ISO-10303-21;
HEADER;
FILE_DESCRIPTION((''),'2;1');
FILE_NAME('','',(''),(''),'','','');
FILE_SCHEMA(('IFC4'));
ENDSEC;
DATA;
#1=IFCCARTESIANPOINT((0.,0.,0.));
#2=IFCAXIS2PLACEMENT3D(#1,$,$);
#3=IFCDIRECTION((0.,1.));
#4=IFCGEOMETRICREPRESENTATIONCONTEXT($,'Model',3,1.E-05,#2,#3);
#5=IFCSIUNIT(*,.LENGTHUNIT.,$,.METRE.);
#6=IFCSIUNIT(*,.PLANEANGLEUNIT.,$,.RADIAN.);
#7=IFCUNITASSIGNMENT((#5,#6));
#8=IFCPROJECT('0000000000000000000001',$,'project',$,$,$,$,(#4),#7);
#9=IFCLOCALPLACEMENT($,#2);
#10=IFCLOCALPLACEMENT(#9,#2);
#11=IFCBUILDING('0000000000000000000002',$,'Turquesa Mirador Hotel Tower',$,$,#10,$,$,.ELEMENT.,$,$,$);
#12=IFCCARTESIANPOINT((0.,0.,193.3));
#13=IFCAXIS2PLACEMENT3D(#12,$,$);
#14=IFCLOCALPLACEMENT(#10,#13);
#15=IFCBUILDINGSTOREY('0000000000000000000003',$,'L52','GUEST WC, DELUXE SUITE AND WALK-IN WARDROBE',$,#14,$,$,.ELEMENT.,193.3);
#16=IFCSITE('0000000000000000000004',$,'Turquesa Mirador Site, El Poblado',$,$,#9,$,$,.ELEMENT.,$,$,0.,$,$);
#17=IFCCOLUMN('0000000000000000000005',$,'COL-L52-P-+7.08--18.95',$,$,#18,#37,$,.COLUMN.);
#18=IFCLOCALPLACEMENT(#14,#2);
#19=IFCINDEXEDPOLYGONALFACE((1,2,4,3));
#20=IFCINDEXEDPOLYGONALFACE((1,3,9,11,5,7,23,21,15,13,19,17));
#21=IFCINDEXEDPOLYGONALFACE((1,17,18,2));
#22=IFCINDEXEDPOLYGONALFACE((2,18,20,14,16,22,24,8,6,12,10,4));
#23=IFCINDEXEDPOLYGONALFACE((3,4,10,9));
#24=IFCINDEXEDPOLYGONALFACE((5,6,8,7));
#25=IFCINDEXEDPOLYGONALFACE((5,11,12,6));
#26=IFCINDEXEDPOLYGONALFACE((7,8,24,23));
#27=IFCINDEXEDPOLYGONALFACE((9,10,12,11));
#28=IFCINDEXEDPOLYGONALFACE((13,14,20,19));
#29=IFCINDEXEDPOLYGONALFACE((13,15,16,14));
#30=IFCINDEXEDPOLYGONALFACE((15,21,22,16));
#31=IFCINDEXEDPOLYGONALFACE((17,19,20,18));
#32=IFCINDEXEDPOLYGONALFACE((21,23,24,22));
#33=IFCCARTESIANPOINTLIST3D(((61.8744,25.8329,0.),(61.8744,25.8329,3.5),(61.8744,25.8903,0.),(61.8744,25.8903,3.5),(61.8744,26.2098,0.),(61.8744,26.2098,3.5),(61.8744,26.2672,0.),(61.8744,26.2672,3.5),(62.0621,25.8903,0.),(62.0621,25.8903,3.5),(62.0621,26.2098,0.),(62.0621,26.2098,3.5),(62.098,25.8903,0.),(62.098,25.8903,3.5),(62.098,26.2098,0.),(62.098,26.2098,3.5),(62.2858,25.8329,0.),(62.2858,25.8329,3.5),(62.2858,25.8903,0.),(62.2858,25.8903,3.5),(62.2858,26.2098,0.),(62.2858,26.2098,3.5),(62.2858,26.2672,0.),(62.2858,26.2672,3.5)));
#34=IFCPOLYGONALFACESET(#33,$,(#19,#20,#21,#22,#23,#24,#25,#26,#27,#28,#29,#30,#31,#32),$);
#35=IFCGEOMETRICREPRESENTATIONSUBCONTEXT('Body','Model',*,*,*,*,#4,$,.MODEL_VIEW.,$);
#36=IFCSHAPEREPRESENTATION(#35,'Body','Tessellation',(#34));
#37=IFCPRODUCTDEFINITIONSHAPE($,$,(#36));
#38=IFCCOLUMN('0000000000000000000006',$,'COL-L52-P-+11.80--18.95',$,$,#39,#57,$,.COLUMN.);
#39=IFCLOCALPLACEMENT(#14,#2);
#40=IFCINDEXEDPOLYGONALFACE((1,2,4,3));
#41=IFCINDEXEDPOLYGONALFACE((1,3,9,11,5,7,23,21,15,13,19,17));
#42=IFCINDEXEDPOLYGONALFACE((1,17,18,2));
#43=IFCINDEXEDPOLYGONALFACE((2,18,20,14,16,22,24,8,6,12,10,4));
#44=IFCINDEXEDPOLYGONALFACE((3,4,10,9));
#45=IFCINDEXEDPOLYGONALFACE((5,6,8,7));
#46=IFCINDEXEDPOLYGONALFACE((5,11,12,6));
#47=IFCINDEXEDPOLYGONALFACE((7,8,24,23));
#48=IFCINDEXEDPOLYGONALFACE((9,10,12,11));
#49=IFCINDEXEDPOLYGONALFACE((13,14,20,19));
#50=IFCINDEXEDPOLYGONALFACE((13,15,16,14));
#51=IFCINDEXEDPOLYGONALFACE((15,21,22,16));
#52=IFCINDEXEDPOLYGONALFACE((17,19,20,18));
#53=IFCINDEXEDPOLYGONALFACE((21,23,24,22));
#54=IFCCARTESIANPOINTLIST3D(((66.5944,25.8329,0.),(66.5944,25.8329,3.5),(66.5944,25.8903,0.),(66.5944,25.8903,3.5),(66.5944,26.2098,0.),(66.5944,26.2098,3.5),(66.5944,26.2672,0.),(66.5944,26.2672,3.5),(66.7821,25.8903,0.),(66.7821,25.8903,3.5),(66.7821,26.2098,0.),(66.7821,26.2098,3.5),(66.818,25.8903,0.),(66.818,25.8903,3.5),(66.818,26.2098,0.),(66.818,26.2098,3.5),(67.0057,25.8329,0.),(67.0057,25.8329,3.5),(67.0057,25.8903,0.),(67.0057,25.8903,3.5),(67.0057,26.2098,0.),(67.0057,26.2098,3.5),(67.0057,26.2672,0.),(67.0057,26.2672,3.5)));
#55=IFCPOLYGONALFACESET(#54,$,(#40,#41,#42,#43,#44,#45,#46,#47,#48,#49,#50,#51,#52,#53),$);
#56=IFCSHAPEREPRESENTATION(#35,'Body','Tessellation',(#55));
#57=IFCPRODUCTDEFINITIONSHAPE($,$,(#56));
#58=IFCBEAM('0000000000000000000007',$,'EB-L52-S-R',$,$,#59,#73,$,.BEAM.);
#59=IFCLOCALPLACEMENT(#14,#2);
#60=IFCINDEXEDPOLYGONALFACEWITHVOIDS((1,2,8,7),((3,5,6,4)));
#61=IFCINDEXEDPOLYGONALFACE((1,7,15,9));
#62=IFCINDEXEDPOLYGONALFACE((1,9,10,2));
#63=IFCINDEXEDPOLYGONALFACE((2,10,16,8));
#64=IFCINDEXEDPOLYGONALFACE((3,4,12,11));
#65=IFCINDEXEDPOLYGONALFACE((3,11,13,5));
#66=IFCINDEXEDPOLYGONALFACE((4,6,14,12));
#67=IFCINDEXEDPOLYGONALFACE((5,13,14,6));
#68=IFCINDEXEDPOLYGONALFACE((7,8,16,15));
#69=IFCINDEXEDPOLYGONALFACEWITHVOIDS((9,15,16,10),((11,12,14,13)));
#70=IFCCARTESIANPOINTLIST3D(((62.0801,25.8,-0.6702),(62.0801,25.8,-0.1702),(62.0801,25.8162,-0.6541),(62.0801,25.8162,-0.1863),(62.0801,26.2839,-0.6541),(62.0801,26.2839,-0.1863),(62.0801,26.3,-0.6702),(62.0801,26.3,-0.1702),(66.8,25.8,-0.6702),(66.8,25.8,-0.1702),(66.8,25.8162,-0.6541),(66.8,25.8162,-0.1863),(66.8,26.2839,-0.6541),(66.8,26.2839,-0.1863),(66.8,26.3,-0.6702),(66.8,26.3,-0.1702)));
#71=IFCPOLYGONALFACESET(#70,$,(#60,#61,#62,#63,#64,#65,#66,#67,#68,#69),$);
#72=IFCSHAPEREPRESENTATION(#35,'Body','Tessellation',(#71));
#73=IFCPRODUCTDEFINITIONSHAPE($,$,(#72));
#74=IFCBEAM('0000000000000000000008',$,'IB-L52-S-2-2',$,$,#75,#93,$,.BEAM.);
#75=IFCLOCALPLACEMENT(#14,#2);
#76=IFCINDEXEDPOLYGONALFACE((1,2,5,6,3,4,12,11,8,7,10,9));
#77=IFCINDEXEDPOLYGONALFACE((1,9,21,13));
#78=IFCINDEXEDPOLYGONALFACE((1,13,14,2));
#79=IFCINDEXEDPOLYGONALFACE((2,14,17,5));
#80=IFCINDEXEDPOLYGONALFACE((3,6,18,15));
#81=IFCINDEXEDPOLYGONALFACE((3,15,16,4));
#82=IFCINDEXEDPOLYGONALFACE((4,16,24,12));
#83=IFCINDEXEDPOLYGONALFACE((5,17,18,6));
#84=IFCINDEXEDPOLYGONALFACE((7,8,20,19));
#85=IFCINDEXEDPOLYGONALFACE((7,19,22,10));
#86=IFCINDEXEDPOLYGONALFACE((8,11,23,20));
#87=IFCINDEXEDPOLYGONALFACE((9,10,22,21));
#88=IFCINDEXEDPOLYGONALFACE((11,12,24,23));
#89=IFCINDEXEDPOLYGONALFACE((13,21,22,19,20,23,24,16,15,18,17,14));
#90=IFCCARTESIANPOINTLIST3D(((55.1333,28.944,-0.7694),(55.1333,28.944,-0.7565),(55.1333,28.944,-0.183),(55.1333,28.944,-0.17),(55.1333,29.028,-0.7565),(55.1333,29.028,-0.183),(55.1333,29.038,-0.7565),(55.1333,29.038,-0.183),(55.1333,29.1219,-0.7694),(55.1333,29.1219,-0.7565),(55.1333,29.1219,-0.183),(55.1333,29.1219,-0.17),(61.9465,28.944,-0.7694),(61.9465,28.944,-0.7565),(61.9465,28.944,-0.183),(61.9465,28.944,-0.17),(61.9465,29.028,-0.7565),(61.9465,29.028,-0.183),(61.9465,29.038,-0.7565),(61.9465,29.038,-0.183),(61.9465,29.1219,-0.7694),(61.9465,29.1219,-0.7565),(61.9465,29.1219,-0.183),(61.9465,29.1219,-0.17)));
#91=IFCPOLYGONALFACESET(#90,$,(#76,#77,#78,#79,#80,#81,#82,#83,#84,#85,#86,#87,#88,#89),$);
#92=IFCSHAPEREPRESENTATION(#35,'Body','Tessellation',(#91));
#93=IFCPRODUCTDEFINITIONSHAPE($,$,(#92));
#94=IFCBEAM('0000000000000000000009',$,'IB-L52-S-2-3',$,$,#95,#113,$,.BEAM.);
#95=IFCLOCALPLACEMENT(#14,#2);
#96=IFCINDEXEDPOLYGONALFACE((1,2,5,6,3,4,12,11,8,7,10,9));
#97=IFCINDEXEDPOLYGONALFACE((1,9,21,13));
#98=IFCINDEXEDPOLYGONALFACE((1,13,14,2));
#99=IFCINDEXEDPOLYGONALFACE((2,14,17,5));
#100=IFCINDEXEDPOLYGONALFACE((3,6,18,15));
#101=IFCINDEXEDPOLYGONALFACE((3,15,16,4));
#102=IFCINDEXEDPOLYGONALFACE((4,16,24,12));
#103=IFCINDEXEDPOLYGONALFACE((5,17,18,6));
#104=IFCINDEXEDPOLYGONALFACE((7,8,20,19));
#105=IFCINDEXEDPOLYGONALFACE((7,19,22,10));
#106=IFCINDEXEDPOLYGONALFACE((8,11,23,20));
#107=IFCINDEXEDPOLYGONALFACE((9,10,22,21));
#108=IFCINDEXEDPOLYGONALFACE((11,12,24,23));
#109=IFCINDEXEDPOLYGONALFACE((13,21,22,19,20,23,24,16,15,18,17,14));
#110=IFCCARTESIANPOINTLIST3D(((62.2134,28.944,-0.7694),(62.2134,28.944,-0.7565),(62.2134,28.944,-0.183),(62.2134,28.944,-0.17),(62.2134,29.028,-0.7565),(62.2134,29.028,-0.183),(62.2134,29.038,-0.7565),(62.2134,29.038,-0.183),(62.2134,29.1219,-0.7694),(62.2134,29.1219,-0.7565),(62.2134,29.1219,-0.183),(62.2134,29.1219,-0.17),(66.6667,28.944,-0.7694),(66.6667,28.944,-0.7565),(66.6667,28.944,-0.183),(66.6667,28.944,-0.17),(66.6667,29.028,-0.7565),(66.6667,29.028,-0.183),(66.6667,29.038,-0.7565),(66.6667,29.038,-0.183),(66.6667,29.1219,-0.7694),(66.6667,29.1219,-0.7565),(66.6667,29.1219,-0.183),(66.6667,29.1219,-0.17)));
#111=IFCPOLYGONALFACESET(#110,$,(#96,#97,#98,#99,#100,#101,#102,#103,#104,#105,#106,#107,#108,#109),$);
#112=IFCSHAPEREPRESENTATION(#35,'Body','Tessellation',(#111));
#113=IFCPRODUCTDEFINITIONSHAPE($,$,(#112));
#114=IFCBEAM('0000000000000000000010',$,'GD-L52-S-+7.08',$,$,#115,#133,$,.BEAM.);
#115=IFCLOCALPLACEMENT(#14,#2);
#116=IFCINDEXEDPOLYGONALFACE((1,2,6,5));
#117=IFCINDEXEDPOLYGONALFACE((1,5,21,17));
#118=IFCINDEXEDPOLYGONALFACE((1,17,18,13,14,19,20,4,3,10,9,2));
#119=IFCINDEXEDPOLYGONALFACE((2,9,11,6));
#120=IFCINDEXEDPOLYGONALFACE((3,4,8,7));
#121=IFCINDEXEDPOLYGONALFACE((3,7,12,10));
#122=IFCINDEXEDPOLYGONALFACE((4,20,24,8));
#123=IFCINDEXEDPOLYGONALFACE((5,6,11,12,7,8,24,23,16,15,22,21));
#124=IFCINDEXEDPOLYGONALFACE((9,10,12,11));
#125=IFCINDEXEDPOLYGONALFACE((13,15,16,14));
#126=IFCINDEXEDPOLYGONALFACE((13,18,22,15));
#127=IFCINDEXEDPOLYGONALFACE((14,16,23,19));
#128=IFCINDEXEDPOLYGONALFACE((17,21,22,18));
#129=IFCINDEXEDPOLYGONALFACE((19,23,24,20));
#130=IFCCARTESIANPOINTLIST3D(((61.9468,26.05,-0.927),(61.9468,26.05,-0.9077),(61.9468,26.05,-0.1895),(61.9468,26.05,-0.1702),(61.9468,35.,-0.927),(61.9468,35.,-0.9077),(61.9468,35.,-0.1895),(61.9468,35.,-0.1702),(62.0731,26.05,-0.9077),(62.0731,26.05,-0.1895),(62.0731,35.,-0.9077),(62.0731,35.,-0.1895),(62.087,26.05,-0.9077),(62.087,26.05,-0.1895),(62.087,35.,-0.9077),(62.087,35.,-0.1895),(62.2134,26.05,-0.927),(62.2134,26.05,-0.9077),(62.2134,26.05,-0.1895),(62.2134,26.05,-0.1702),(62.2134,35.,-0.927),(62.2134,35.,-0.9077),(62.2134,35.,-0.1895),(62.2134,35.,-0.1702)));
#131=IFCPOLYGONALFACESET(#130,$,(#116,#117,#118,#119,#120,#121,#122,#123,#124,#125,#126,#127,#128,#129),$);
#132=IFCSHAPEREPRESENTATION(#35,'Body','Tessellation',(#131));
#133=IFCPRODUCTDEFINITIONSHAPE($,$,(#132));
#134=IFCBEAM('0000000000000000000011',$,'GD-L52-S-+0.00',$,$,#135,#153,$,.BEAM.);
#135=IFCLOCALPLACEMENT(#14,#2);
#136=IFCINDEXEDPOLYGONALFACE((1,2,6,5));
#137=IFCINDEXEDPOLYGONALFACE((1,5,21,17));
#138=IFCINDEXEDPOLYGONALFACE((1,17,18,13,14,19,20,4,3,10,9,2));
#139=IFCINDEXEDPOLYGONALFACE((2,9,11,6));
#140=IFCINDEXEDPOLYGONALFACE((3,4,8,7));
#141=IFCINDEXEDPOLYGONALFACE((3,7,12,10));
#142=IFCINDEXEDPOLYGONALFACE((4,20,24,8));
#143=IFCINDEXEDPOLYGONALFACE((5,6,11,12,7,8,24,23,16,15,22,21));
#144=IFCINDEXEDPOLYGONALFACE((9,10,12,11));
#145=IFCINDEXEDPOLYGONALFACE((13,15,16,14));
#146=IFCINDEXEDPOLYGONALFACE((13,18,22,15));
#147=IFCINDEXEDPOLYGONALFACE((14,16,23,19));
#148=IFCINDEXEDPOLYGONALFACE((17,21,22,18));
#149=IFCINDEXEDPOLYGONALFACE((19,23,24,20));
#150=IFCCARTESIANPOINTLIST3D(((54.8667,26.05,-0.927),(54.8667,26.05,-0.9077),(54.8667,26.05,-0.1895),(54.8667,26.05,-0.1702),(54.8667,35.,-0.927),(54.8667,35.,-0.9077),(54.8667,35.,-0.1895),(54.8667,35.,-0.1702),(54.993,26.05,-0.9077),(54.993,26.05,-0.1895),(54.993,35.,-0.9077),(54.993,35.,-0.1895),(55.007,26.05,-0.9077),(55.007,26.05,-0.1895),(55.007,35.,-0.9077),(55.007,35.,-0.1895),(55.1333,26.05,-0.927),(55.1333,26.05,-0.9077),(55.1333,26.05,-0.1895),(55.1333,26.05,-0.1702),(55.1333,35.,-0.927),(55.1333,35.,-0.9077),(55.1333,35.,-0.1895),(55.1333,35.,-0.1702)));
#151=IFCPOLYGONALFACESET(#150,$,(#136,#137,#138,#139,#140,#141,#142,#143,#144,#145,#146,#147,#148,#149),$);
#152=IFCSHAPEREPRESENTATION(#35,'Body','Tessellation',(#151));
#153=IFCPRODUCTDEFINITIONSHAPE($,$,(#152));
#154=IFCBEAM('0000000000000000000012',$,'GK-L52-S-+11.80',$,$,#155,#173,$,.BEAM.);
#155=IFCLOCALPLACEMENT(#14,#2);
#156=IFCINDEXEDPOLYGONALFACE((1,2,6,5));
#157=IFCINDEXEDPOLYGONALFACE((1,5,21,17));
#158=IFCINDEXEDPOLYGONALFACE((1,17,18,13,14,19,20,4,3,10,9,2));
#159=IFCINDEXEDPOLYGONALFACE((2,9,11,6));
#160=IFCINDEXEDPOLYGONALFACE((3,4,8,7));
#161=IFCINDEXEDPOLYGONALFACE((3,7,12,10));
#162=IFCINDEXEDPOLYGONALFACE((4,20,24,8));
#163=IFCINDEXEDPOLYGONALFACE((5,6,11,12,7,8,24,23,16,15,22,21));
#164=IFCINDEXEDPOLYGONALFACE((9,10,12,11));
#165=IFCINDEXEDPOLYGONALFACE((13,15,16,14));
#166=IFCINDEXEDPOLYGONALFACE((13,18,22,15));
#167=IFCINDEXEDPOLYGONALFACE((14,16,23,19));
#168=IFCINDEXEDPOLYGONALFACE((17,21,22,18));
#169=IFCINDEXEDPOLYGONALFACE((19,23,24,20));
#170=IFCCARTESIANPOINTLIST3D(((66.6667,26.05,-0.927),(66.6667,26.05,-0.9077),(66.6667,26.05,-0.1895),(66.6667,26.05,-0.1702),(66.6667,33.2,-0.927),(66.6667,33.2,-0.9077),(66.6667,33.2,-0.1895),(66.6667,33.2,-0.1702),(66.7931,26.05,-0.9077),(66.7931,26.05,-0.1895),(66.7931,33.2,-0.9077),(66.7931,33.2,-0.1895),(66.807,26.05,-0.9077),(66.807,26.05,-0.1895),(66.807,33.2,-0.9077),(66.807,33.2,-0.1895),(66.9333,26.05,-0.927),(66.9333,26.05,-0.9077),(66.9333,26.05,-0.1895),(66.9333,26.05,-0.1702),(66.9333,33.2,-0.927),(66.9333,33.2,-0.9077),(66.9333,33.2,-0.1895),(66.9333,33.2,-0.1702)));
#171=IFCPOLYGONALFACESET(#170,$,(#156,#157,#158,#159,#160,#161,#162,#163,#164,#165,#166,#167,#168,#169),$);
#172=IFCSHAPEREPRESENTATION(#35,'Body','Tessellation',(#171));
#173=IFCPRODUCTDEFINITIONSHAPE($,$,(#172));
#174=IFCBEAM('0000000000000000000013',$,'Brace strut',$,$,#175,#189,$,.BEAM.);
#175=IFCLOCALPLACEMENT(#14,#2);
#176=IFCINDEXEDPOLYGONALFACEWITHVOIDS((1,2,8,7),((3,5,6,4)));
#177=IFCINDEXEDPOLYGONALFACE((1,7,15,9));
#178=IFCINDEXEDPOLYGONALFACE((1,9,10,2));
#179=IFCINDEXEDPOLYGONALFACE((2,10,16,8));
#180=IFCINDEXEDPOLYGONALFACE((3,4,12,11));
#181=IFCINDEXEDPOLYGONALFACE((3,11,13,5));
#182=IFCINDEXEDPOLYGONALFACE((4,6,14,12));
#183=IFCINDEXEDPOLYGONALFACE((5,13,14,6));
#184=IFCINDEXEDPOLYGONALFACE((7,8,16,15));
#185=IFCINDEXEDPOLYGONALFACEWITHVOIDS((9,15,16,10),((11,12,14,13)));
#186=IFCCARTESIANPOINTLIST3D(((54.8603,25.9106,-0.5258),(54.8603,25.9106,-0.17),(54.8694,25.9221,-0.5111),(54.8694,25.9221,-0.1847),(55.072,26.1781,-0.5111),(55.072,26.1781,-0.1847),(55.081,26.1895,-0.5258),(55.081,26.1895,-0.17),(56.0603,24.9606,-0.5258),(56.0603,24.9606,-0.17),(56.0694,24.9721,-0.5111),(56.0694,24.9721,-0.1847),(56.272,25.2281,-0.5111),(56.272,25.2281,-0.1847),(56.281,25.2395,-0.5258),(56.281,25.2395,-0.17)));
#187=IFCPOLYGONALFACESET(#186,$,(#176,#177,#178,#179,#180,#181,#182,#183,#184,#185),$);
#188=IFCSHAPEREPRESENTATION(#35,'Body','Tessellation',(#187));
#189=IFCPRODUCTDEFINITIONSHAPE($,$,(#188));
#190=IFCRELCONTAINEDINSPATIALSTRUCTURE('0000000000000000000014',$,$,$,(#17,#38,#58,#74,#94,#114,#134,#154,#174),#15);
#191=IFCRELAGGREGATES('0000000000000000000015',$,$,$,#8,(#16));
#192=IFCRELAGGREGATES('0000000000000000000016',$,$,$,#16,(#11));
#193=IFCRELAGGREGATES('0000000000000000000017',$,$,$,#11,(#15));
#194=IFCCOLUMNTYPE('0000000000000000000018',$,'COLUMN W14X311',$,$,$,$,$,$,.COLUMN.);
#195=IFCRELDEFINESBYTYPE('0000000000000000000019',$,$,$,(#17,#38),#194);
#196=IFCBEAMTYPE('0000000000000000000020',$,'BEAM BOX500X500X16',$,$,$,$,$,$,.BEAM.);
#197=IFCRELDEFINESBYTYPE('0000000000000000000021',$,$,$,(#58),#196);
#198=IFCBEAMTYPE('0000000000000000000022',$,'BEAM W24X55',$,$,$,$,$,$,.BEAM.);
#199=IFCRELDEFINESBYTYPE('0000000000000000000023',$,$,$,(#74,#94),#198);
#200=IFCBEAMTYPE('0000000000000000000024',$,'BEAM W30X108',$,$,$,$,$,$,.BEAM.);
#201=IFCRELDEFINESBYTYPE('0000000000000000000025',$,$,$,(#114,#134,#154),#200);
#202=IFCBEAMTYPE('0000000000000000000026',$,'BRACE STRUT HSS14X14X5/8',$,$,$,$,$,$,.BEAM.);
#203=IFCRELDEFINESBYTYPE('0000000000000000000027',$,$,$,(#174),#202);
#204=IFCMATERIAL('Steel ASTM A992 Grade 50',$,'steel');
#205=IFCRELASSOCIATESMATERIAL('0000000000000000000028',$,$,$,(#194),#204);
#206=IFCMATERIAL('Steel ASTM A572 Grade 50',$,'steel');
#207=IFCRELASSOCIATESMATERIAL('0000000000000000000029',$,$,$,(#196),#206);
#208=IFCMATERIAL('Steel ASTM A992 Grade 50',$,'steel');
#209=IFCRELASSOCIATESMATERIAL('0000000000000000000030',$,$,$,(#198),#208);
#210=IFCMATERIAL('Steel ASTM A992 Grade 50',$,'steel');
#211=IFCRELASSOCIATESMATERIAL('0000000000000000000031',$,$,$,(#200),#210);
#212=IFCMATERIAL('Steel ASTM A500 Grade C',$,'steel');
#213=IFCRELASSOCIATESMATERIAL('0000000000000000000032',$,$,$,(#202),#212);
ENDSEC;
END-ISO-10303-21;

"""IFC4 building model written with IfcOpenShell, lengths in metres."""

from ifc_helpers import new_model, si_unit, direction, frame, origin, origin_2d, place, context, subcontext, project, spatial, hollow_rectangle, i_section, extrude, material, material_profile, profile_set, type_object, element, save


model = new_model("IFC4")

# Units and contexts
model_context = context("Model", 3, precision=1e-05, world=origin(), true_north=direction((0.0, 1.0)))
body_context = subcontext(model_context, "Body", "Model", "MODEL_VIEW")
ifc_project = project(units=[si_unit("LENGTHUNIT", "METRE"), si_unit("PLANEANGLEUNIT", "RADIAN")], contexts=[model_context])

# Site, building, storey
site_placement = place(None, origin())
site = spatial("IfcSite", under=ifc_project, at=site_placement, Name="Turquesa Mirador Site, El Poblado", CompositionType="ELEMENT", RefElevation=0.0)
building_placement = place(site_placement, origin())
building = spatial("IfcBuilding", under=site, at=building_placement, Name="Turquesa Mirador Hotel Tower", CompositionType="ELEMENT")
storey_placement = place(building_placement, frame((0.0, 0.0, 193.3)))
storey = spatial("IfcBuildingStorey", under=building, at=storey_placement, Name="L52", Description="GUEST WC, DELUXE SUITE AND WALK-IN WARDROBE", CompositionType="ELEMENT", Elevation=193.3)

# Columns
ifc_material_1 = material(Name="Steel ASTM A992 Grade 50", Category="steel")
ifc_material_profile_1 = material_profile(ifc_material_1, i_section(OverallWidth=0.4114, OverallDepth=0.4343, WebThickness=0.0359, FlangeThickness=0.0574, at=origin_2d()), Name="W14X311")
ifc_profile_set_1 = profile_set([ifc_material_profile_1], Name="Steel ASTM A992 Grade 50")
column_type = type_object("IfcColumnType", Name="COLUMN W14X311", PredefinedType="COLUMN", material=ifc_profile_set_1)
for number, where, z_axis, x_axis, name in (
    (1, (62.0801, 26.05, 0.0), (0.0, 0.0, 1.0), (1.0, 0.0, 0.0), "COL-L52-P-+7.08--18.95"),
    (2, (66.8, 26.05, 0.0), (0.0, 0.0, 1.0), (1.0, 0.0, 0.0), "COL-L52-P-+11.80--18.95"),
):
    element("IfcColumn", number, at=place(storey_placement, frame(where, z_axis=z_axis, x_axis=x_axis)), inside=storey, type_object=column_type, Name=name, PredefinedType="COLUMN", context=body_context, shape_type="SweptSolid", body=[
        extrude(i_section(OverallWidth=0.4114, OverallDepth=0.4343, WebThickness=0.0359, FlangeThickness=0.0574, at=origin_2d()), origin(), (0.0, 0.0, 1.0), 3.5),
    ])

# Beams
ifc_material_2 = material(Name="Steel ASTM A572 Grade 50", Category="steel")
ifc_material_profile_2 = material_profile(ifc_material_2, hollow_rectangle(XDim=0.5, YDim=0.5, WallThickness=0.0161, at=origin_2d()), Name="BOX500X500X16")
ifc_profile_set_2 = profile_set([ifc_material_profile_2], Name="Steel ASTM A572 Grade 50")
beam_type_1 = type_object("IfcBeamType", Name="BEAM BOX500X500X16", PredefinedType="BEAM", material=ifc_profile_set_2)
beam_1_placement = place(storey_placement, frame((62.0801, 26.05, -0.4202), z_axis=(1.0, 0.0, 0.0), x_axis=(0.0, 1.0, 0.0)))
element("IfcBeam", 3, at=beam_1_placement, inside=storey, type_object=beam_type_1, Name="EB-L52-S-R", PredefinedType="BEAM", context=body_context, shape_type="SweptSolid", body=[
    extrude(hollow_rectangle(XDim=0.5, YDim=0.5, WallThickness=0.0161, at=origin_2d()), origin(), (0.0, 0.0, 1.0), 4.72),
])
ifc_material_3 = material(Name="Steel ASTM A992 Grade 50", Category="steel")
ifc_material_profile_3 = material_profile(ifc_material_3, i_section(OverallWidth=0.178, OverallDepth=0.5994, WebThickness=0.01, FlangeThickness=0.0129, at=origin_2d()), Name="W24X55")
ifc_profile_set_3 = profile_set([ifc_material_profile_3], Name="Steel ASTM A992 Grade 50")
beam_type_2 = type_object("IfcBeamType", Name="BEAM W24X55", PredefinedType="BEAM", material=ifc_profile_set_3)
beam_2_placement = place(storey_placement, frame((55.1333, 29.033, -0.4697), z_axis=(1.0, 0.0, 0.0), x_axis=(0.0, 1.0, 0.0)))
element("IfcBeam", 4, at=beam_2_placement, inside=storey, type_object=beam_type_2, Name="IB-L52-S-2-2", PredefinedType="BEAM", context=body_context, shape_type="SweptSolid", body=[
    extrude(i_section(OverallWidth=0.178, OverallDepth=0.5994, WebThickness=0.01, FlangeThickness=0.0129, at=origin_2d()), origin(), (0.0, 0.0, 1.0), 6.8132),
])
beam_3_placement = place(storey_placement, frame((62.2134, 29.033, -0.4697), z_axis=(1.0, 0.0, 0.0), x_axis=(0.0, 1.0, 0.0)))
element("IfcBeam", 5, at=beam_3_placement, inside=storey, type_object=beam_type_2, Name="IB-L52-S-2-3", PredefinedType="BEAM", context=body_context, shape_type="SweptSolid", body=[
    extrude(i_section(OverallWidth=0.178, OverallDepth=0.5994, WebThickness=0.01, FlangeThickness=0.0129, at=origin_2d()), origin(), (0.0, 0.0, 1.0), 4.4534),
])
ifc_material_4 = material(Name="Steel ASTM A992 Grade 50", Category="steel")
ifc_material_profile_4 = material_profile(ifc_material_4, i_section(OverallWidth=0.2666, OverallDepth=0.7568, WebThickness=0.0139, FlangeThickness=0.0193, at=origin_2d()), Name="W30X108")
ifc_profile_set_4 = profile_set([ifc_material_profile_4], Name="Steel ASTM A992 Grade 50")
beam_type_3 = type_object("IfcBeamType", Name="BEAM W30X108", PredefinedType="BEAM", material=ifc_profile_set_4)
for number, where, z_axis, x_axis, name in (
    (6, (62.0801, 26.05, -0.5486), (0.0, 1.0, 0.0), (-1.0, 0.0, 0.0), "GD-L52-S-+7.08"),
    (7, (55.0, 26.05, -0.5486), (0.0, 1.0, 0.0), (-1.0, 0.0, 0.0), "GD-L52-S-+0.00"),
):
    element("IfcBeam", number, at=place(storey_placement, frame(where, z_axis=z_axis, x_axis=x_axis)), inside=storey, type_object=beam_type_3, Name=name, PredefinedType="BEAM", context=body_context, shape_type="SweptSolid", body=[
        extrude(i_section(OverallWidth=0.2666, OverallDepth=0.7568, WebThickness=0.0139, FlangeThickness=0.0193, at=origin_2d()), origin(), (0.0, 0.0, 1.0), 8.95),
    ])
beam_4_placement = place(storey_placement, frame((66.8, 26.05, -0.5486), z_axis=(0.0, 1.0, 0.0), x_axis=(-1.0, 0.0, 0.0)))
element("IfcBeam", 8, at=beam_4_placement, inside=storey, type_object=beam_type_3, Name="GK-L52-S-+11.80", PredefinedType="BEAM", context=body_context, shape_type="SweptSolid", body=[
    extrude(i_section(OverallWidth=0.2666, OverallDepth=0.7568, WebThickness=0.0139, FlangeThickness=0.0193, at=origin_2d()), origin(), (0.0, 0.0, 1.0), 7.1499),
])
ifc_material_5 = material(Name="Steel ASTM A500 Grade C", Category="steel")
ifc_material_profile_5 = material_profile(ifc_material_5, hollow_rectangle(XDim=0.3557, YDim=0.3557, WallThickness=0.0146, at=origin_2d()), Name="HSS14X14X5/8")
ifc_profile_set_5 = profile_set([ifc_material_profile_5], Name="Steel ASTM A500 Grade C")
beam_type_4 = type_object("IfcBeamType", Name="BRACE STRUT HSS14X14X5/8", PredefinedType="BEAM", material=ifc_profile_set_5)
for number, where, z_axis, x_axis, name in (
    (9, (56.1707, 25.1001, -0.3479), (-0.784049, 0.620699, 0.0), (-0.620699, -0.784049, 0.0), "Brace strut"),
):
    element("IfcBeam", number, at=place(storey_placement, frame(where, z_axis=z_axis, x_axis=x_axis)), inside=storey, type_object=beam_type_4, Name=name, PredefinedType="BEAM", context=body_context, shape_type="SweptSolid", body=[
        extrude(hollow_rectangle(XDim=0.3557, YDim=0.3557, WallThickness=0.0146, at=origin_2d()), origin(), (0.0, 0.0, 1.0), 1.5305),
    ])

save(model, "model.ifc")
